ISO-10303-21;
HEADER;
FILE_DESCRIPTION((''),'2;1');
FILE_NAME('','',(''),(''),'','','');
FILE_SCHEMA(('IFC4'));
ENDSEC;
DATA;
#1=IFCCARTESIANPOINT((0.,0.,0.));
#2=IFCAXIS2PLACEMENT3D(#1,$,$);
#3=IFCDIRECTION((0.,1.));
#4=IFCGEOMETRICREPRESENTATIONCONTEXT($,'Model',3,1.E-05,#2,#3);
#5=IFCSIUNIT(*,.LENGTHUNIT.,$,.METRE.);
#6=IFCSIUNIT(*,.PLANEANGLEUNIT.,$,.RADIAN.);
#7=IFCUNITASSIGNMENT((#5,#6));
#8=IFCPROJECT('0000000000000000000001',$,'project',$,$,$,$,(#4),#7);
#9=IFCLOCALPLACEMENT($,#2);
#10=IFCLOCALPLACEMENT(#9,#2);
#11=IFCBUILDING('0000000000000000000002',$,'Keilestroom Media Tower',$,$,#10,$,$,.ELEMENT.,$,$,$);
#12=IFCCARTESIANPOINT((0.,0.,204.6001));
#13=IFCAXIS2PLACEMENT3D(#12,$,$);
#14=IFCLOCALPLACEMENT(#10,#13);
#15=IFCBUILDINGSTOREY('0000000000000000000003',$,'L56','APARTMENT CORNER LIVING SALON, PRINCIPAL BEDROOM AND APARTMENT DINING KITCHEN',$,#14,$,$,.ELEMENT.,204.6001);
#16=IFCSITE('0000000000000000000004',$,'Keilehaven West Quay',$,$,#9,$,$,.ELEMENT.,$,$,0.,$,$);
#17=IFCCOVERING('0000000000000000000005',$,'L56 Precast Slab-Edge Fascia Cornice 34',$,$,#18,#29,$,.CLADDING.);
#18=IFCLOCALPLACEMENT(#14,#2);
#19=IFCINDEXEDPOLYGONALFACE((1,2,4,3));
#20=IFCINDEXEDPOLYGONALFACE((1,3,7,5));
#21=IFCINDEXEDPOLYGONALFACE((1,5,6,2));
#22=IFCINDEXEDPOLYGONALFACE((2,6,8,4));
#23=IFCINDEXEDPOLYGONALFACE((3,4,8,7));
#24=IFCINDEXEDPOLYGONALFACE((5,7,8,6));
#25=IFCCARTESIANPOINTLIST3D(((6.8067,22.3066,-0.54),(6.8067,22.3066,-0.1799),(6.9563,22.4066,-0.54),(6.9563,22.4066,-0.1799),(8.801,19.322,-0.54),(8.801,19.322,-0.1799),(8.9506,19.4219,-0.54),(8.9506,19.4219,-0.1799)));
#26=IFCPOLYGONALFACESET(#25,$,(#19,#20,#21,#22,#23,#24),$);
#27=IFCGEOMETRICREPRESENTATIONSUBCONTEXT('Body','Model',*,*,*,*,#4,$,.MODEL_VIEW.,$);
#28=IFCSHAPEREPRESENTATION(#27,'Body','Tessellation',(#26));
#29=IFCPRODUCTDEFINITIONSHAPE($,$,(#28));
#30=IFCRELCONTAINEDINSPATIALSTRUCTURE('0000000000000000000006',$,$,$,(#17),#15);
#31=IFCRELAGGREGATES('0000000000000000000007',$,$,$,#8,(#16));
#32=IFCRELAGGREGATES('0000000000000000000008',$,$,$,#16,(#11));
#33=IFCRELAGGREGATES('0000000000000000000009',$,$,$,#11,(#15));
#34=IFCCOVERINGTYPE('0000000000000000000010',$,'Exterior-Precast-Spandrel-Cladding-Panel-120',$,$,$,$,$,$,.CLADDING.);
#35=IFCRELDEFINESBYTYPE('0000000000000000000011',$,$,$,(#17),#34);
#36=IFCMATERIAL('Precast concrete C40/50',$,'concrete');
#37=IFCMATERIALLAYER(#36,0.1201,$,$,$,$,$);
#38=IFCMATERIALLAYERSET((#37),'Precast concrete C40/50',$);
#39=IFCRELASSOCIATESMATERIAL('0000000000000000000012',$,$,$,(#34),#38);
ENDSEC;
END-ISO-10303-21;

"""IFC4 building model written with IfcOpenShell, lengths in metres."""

from ifc_helpers import new_model, si_unit, direction, frame, origin, origin_2d, place, context, subcontext, project, spatial, rectangle, extrude, source, transform, mapped, material, layer, layer_set, type_object, element, save


model = new_model("IFC4")

# Units and contexts
model_context = context("Model", 3, precision=1e-05, world=origin(), true_north=direction((0.0, 1.0)))
body_context = subcontext(model_context, "Body", "Model", "MODEL_VIEW")
ifc_project = project(units=[si_unit("LENGTHUNIT", "METRE"), si_unit("PLANEANGLEUNIT", "RADIAN")], contexts=[model_context])

# Site, building, storey
site_placement = place(None, origin())
site = spatial("IfcSite", under=ifc_project, at=site_placement, Name="Keilehaven West Quay", CompositionType="ELEMENT", RefElevation=0.0)
building_placement = place(site_placement, origin())
building = spatial("IfcBuilding", under=site, at=building_placement, Name="Keilestroom Media Tower", CompositionType="ELEMENT")
storey_placement = place(building_placement, frame((0.0, 0.0, 204.6001)))
storey = spatial("IfcBuildingStorey", under=building, at=storey_placement, Name="L56", Description="APARTMENT CORNER LIVING SALON, PRINCIPAL BEDROOM AND APARTMENT DINING KITCHEN", CompositionType="ELEMENT", Elevation=204.6001)

# Shared definitions
ifc_material_1 = material(Name="Precast concrete C40/50", Category="concrete")

# Covering
ifc_layer_1 = layer(ifc_material_1, 0.1201)
ifc_layer_set_1 = layer_set([ifc_layer_1], Name="Precast concrete C40/50")
covering_type = type_object("IfcCoveringType", Name="Exterior-Precast-Spandrel-Cladding-Panel-120", PredefinedType="CLADDING", material=ifc_layer_set_1)
shared_shape_1 = source(origin(), body_context, "Body", "SweptSolid", [
    extrude(rectangle(XDim=3.5896, YDim=0.1799, at=origin_2d()), origin(), (0.0, 0.0, 1.0), 0.3601),
])
for number, where, z_axis, x_axis, name in (
    (1, (7.8787, 20.8643, -0.54), (0.0, 0.0, 1.0), (0.555575, -0.831467, 0.0), "L56 Precast Slab-Edge Fascia Cornice 34"),
):
    element("IfcCovering", number, at=place(storey_placement, frame(where, z_axis=z_axis, x_axis=x_axis)), inside=storey, type_object=covering_type, Name=name, PredefinedType="CLADDING", context=body_context, shape_type="MappedRepresentation", body=[
        mapped(shared_shape_1, transform((0.0, 0.0, 0.0), x_axis=(1.0, 0.0, 0.0), y_axis=(0.0, 1.0, 0.0), z_axis=(0.0, 0.0, 1.0), scale=1.0)),
    ])

save(model, "model.ifc")
